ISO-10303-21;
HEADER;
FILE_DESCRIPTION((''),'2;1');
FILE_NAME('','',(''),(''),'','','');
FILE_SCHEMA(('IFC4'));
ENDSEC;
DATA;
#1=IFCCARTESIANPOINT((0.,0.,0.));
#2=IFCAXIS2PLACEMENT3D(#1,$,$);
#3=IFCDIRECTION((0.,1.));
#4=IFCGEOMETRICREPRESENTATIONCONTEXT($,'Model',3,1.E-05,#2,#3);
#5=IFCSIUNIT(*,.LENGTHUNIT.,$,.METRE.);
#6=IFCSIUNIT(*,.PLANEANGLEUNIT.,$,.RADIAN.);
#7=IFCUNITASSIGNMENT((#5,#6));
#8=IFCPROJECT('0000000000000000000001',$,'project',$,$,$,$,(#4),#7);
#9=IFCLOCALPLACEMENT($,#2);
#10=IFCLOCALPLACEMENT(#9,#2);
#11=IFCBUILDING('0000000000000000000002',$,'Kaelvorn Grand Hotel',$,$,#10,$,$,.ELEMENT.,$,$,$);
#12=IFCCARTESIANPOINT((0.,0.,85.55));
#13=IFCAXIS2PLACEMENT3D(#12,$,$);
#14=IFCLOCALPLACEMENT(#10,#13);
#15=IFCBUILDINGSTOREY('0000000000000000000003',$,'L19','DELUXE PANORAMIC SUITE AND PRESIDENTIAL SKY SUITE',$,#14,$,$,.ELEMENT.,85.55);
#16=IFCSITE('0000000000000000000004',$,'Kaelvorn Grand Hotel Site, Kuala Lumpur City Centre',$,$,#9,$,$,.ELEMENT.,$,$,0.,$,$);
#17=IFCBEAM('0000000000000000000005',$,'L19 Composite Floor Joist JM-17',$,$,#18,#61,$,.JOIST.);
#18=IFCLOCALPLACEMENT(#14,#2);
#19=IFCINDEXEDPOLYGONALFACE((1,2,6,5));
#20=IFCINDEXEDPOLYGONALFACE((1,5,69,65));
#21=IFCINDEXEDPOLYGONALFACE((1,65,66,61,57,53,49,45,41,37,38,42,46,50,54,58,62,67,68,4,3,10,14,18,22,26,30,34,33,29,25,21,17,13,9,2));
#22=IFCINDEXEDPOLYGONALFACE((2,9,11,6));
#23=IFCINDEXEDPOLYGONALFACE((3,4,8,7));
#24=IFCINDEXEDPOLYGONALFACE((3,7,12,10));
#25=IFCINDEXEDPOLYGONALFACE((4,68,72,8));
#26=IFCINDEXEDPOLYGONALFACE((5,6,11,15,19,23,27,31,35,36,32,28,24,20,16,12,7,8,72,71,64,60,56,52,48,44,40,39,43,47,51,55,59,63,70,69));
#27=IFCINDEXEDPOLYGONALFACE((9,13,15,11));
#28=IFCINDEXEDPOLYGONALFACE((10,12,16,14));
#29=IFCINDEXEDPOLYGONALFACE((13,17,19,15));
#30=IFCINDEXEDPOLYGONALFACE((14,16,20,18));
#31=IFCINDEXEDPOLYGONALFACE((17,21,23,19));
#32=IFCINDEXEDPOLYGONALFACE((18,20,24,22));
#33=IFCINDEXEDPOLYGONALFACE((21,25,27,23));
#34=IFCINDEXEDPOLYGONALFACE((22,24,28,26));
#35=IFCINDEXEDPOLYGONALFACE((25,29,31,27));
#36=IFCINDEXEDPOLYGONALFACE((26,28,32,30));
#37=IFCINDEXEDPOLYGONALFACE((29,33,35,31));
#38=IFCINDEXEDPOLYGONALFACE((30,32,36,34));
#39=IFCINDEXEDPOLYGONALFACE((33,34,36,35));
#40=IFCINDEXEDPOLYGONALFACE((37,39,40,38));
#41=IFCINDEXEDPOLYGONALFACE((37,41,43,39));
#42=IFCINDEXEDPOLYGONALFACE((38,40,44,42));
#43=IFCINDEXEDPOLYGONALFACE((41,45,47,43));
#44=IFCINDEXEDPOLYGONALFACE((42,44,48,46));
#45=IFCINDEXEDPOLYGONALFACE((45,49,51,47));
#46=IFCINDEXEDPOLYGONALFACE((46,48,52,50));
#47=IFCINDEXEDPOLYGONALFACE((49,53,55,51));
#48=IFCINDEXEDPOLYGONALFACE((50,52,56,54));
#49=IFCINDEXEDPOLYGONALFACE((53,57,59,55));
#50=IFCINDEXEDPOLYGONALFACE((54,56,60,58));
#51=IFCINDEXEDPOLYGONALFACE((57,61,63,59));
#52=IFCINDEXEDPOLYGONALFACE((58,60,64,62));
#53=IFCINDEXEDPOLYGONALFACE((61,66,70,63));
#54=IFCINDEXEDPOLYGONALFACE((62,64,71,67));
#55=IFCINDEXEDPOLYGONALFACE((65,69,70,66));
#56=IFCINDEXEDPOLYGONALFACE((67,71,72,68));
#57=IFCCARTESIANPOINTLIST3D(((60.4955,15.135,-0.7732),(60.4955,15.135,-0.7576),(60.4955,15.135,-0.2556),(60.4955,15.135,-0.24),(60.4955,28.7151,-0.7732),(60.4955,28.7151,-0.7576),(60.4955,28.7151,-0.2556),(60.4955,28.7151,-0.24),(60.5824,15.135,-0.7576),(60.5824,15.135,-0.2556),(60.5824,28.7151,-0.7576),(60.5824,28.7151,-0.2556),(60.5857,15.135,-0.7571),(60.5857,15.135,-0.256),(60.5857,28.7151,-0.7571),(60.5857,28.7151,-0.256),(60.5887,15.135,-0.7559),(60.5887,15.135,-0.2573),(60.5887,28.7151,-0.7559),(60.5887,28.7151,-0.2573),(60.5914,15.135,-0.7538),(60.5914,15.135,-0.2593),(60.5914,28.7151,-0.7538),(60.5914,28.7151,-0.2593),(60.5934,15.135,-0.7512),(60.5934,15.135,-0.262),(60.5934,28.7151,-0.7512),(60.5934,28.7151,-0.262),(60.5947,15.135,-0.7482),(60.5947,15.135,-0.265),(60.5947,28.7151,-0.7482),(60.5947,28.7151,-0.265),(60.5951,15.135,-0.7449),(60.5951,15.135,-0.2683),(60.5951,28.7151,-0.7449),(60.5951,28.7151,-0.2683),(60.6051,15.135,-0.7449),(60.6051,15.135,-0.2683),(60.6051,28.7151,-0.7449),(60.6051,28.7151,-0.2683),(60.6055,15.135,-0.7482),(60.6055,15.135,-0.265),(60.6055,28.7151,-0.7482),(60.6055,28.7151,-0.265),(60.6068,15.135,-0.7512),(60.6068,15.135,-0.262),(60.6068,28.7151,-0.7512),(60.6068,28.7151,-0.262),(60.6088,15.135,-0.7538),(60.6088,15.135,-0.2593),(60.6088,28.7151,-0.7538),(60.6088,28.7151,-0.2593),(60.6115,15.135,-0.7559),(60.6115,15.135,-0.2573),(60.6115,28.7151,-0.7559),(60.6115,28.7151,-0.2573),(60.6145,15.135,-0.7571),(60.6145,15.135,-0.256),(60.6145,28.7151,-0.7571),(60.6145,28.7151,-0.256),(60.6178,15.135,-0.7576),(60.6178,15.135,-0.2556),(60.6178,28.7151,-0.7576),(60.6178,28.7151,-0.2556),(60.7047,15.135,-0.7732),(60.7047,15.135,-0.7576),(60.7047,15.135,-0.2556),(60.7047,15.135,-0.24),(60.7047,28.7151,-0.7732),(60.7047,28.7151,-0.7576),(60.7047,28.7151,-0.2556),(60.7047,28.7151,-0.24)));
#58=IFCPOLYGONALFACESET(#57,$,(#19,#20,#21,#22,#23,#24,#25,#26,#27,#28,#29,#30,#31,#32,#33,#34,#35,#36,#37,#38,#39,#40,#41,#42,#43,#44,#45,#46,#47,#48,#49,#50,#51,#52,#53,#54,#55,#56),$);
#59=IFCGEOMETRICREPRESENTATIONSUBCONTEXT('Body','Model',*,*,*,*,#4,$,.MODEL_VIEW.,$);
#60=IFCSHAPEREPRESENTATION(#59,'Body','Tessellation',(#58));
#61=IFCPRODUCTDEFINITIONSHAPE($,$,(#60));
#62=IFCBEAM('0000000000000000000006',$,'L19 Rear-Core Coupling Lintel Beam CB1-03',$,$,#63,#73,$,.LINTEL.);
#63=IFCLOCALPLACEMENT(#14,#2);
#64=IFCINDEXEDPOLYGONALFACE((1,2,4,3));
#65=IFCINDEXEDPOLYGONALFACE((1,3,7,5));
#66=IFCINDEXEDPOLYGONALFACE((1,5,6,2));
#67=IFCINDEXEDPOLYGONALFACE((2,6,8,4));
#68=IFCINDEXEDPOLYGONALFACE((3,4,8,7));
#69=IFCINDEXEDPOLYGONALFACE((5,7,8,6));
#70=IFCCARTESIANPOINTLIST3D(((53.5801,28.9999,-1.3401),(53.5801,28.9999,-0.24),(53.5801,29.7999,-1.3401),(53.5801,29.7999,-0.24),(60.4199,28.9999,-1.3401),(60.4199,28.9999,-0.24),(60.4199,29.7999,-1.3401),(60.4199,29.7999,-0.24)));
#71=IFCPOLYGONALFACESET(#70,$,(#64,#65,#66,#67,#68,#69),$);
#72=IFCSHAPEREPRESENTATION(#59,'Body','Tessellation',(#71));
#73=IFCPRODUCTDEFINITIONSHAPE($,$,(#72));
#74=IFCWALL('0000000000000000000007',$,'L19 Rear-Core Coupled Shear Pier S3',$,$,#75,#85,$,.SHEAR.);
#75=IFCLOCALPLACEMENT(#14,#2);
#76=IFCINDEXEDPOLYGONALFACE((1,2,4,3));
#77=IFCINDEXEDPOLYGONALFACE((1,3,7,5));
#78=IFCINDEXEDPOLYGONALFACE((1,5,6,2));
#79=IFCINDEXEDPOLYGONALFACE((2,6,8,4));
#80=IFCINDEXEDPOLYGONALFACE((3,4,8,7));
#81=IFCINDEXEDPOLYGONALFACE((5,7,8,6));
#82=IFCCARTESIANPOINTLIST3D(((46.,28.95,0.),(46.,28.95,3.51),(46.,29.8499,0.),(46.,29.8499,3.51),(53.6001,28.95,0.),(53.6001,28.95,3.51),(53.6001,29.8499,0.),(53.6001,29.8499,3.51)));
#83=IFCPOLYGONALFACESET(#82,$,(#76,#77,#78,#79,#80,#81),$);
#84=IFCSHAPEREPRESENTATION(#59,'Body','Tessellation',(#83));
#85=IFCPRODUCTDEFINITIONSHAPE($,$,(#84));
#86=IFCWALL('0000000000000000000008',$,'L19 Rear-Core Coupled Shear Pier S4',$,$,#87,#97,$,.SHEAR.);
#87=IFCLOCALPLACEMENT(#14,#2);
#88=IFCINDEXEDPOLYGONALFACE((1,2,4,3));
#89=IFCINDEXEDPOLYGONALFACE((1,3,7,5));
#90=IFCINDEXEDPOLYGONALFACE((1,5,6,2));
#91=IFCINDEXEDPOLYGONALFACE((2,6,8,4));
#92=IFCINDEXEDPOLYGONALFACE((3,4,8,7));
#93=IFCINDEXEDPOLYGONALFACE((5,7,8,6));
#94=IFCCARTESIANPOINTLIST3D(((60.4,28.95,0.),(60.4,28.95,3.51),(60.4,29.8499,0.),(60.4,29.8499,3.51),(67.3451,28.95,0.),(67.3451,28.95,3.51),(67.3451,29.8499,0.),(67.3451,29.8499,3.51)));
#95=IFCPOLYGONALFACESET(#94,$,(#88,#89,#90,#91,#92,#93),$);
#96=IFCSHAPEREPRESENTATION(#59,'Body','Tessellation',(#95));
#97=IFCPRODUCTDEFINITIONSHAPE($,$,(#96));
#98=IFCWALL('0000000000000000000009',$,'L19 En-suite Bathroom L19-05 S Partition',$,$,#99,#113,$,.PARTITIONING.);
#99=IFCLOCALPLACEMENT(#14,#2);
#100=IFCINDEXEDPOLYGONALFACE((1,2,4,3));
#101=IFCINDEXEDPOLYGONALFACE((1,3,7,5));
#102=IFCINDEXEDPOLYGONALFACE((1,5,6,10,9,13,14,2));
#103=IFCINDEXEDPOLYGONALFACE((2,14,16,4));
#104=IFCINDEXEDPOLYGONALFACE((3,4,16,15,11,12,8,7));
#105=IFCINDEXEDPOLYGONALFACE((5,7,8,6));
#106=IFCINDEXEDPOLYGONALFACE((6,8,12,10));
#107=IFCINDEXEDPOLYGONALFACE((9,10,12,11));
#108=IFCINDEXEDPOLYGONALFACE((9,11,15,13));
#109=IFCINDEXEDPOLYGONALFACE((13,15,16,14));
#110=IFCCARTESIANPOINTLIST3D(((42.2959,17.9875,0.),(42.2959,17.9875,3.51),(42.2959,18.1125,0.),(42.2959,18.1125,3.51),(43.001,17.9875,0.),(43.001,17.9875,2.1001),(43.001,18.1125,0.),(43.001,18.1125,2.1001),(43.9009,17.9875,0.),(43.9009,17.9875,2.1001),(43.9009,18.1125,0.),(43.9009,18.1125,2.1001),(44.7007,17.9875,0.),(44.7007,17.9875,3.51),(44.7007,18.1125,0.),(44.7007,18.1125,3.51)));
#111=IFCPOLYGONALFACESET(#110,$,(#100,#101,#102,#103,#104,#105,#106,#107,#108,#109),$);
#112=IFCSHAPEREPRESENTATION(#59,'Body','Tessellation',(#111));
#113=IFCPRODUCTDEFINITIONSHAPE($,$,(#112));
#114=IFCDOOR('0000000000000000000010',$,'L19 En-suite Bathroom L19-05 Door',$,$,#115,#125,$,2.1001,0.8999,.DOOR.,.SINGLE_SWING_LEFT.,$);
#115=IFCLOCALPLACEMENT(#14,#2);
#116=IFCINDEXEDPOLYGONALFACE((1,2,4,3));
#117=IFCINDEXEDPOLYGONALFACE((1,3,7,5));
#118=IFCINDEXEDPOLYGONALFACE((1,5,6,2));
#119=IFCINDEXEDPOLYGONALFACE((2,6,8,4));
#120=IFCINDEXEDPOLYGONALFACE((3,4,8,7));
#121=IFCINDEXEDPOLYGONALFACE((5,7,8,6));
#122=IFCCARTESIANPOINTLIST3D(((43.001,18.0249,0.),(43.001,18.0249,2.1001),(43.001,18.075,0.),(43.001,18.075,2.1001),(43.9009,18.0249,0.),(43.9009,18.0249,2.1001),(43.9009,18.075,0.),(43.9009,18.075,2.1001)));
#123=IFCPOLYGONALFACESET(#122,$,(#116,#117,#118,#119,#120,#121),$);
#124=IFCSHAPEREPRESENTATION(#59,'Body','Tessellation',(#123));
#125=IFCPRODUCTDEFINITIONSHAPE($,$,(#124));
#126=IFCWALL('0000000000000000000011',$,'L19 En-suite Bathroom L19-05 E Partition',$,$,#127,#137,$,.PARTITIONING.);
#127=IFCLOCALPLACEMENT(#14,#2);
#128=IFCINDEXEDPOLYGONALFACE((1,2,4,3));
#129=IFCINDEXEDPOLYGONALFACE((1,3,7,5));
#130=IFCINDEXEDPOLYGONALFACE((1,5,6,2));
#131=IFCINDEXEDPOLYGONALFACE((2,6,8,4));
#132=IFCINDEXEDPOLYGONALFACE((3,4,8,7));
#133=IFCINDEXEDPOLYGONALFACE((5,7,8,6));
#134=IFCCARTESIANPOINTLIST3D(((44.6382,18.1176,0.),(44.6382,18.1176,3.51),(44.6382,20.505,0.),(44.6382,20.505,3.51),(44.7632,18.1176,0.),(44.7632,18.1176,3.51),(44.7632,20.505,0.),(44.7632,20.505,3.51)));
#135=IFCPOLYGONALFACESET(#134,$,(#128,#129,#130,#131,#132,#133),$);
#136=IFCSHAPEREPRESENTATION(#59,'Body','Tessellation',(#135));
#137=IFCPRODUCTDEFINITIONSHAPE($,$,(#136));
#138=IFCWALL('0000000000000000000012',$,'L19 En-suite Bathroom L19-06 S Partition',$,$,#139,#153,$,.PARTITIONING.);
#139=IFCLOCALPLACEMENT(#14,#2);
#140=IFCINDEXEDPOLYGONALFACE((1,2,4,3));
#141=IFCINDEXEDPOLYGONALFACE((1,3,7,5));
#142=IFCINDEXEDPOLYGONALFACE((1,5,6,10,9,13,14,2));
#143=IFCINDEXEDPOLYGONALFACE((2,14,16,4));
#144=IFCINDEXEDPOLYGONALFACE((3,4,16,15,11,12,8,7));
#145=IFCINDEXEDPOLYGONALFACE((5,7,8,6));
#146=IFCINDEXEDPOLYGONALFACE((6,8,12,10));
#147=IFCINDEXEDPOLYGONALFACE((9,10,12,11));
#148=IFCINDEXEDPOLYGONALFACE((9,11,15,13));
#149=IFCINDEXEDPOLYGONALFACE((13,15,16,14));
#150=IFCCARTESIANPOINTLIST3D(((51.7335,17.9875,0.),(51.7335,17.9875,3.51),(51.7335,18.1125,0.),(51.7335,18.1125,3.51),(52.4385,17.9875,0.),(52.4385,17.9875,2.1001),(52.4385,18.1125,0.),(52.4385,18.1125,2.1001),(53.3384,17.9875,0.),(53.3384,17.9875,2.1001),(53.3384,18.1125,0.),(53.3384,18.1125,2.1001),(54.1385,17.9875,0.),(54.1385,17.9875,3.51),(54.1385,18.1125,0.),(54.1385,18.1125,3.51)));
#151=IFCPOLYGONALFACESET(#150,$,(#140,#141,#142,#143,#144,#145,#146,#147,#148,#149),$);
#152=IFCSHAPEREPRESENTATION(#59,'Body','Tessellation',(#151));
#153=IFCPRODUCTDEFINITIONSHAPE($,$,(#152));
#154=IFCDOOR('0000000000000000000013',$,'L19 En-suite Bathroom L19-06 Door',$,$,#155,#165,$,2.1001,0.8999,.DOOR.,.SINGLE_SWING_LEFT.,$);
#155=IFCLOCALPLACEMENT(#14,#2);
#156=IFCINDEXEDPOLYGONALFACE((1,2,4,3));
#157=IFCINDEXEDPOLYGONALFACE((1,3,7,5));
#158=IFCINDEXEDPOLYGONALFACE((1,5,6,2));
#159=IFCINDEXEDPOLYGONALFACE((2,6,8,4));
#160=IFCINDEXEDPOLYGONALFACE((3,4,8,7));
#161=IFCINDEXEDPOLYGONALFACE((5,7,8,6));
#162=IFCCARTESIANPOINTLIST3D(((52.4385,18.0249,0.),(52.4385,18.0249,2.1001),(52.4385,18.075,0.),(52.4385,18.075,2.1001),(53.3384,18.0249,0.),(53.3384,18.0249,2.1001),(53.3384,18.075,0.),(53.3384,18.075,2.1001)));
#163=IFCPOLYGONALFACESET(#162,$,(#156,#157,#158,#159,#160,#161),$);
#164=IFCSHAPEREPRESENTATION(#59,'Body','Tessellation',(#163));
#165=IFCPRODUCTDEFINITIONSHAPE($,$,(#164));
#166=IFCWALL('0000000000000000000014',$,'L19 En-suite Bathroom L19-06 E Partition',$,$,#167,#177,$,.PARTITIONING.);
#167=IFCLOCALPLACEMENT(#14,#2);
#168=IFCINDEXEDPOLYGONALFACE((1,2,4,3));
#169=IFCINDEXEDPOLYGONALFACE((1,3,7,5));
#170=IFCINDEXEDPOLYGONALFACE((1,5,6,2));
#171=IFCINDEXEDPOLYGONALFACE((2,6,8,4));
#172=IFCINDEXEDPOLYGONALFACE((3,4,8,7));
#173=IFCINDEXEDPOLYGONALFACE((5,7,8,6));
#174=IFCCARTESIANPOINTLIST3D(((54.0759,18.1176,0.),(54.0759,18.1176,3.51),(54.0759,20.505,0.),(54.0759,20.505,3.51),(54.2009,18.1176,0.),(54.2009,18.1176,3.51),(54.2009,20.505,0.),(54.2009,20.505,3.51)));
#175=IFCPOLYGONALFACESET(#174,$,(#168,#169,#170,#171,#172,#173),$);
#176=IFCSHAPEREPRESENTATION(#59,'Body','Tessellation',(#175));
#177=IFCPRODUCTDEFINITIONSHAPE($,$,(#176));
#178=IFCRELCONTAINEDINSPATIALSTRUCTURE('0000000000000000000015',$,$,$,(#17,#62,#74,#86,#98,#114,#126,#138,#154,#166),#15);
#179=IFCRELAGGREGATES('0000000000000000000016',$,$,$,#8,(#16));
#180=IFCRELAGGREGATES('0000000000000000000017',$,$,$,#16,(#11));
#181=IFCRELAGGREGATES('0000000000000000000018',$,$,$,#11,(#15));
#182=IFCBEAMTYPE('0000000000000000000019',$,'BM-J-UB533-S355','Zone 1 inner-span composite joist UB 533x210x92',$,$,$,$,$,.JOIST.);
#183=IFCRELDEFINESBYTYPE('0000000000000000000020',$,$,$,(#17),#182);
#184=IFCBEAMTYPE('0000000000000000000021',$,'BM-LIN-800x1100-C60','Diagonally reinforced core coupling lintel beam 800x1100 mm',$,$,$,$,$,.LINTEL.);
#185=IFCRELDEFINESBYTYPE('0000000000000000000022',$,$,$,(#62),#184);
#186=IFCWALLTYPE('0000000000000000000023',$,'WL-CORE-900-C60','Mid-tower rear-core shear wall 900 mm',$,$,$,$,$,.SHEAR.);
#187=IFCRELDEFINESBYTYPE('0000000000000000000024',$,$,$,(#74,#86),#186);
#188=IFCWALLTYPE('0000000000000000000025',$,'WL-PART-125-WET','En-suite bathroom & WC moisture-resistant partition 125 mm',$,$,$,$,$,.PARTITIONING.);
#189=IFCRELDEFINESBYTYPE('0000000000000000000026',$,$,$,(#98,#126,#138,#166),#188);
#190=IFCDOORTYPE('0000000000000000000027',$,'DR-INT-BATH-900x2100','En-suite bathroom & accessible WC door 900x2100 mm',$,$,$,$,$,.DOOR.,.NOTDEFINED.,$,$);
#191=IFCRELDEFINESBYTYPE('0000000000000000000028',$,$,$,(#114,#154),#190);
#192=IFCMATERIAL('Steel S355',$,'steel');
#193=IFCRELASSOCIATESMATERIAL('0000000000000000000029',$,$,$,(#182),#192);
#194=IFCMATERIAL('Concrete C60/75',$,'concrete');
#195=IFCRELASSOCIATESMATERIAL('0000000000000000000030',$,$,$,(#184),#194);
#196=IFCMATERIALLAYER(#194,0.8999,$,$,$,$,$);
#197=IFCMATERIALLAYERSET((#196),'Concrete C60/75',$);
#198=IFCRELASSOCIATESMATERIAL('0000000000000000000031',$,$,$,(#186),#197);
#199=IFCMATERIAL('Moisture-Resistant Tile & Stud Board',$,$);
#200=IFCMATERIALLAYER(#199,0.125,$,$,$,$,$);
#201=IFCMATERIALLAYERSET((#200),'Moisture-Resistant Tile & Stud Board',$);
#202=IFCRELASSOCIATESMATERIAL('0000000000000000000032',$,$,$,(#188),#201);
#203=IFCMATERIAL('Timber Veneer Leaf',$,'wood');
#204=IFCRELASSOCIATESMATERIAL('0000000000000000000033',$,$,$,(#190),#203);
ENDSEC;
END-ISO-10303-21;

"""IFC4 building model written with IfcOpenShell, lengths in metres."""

from ifc_helpers import new_model, si_unit, direction, frame, frame_2d, origin, origin_2d, place, context, subcontext, project, spatial, rectangle, i_section, extrude, material, layer, layer_set, material_profile, profile_set, type_object, element, fill, save


model = new_model("IFC4")

# Units and contexts
model_context = context("Model", 3, precision=1e-05, world=origin(), true_north=direction((0.0, 1.0)))
body_context = subcontext(model_context, "Body", "Model", "MODEL_VIEW")
ifc_project = project(units=[si_unit("LENGTHUNIT", "METRE"), si_unit("PLANEANGLEUNIT", "RADIAN")], contexts=[model_context])

# Site, building, storey
site_placement = place(None, origin())
site = spatial("IfcSite", under=ifc_project, at=site_placement, Name="Kaelvorn Grand Hotel Site, Kuala Lumpur City Centre", CompositionType="ELEMENT", RefElevation=0.0)
building_placement = place(site_placement, origin())
building = spatial("IfcBuilding", under=site, at=building_placement, Name="Kaelvorn Grand Hotel", CompositionType="ELEMENT")
storey_placement = place(building_placement, frame((0.0, 0.0, 85.55)))
storey = spatial("IfcBuildingStorey", under=building, at=storey_placement, Name="L19", Description="DELUXE PANORAMIC SUITE AND PRESIDENTIAL SKY SUITE", CompositionType="ELEMENT", Elevation=85.55)

# Shared definitions
ifc_material_1 = material(Name="Concrete C60/75", Category="concrete")

# Beams
ifc_material_2 = material(Name="Steel S355", Category="steel")
ifc_material_profile_1 = material_profile(ifc_material_2, i_section(OverallWidth=0.2092, OverallDepth=0.5332, WebThickness=0.01, FlangeThickness=0.0156, FilletRadius=0.0127, at=origin_2d()), Name="UB 533x210x92")
ifc_profile_set_1 = profile_set([ifc_material_profile_1], Name="Steel S355")
beam_type_1 = type_object("IfcBeamType", Name="BM-J-UB533-S355", Description="Zone 1 inner-span composite joist UB 533x210x92", PredefinedType="JOIST", material=ifc_profile_set_1)
beam_1_placement = place(storey_placement, frame((60.6001, 15.135, -0.5066), z_axis=(0.0, 1.0, 0.0), x_axis=(-1.0, 0.0, 0.0)))
element("IfcBeam", 1, at=beam_1_placement, inside=storey, type_object=beam_type_1, Name="L19 Composite Floor Joist JM-17", PredefinedType="JOIST", context=body_context, shape_type="SweptSolid", body=[
    extrude(i_section(OverallWidth=0.2092, OverallDepth=0.5332, WebThickness=0.01, FlangeThickness=0.0156, FilletRadius=0.0127, at=origin_2d()), origin(), (0.0, 0.0, 1.0), 13.5801),
])
ifc_material_profile_2 = material_profile(ifc_material_1, rectangle(XDim=0.8, YDim=1.1001, at=origin_2d()), Name="RC LINTEL 800x1100")
ifc_profile_set_2 = profile_set([ifc_material_profile_2], Name="Concrete C60/75")
beam_type_2 = type_object("IfcBeamType", Name="BM-LIN-800x1100-C60", Description="Diagonally reinforced core coupling lintel beam 800x1100 mm", PredefinedType="LINTEL", material=ifc_profile_set_2)
beam_2_placement = place(storey_placement, frame((53.5801, 29.3999, -0.79), z_axis=(1.0, 0.0, 0.0), x_axis=(0.0, 1.0, 0.0)))
element("IfcBeam", 2, at=beam_2_placement, inside=storey, type_object=beam_type_2, Name="L19 Rear-Core Coupling Lintel Beam CB1-03", PredefinedType="LINTEL", context=body_context, shape_type="SweptSolid", body=[
    extrude(rectangle(XDim=0.8, YDim=1.1001, at=origin_2d()), origin(), (0.0, 0.0, 1.0), 6.8398),
])

# Walls
ifc_layer_1 = layer(ifc_material_1, 0.8999)
ifc_layer_set_1 = layer_set([ifc_layer_1], Name="Concrete C60/75")
wall_type_1 = type_object("IfcWallType", Name="WL-CORE-900-C60", Description="Mid-tower rear-core shear wall 900 mm", PredefinedType="SHEAR", material=ifc_layer_set_1)
wall_1_placement = place(storey_placement, frame((46.0, 29.3999, 0.0), z_axis=(0.0, 0.0, 1.0), x_axis=(1.0, 0.0, 0.0)))
element("IfcWall", 3, at=wall_1_placement, inside=storey, type_object=wall_type_1, Name="L19 Rear-Core Coupled Shear Pier S3", PredefinedType="SHEAR", context=body_context, shape_type="SweptSolid", body=[
    extrude(rectangle(XDim=7.6001, YDim=0.8999, at=frame_2d((3.8, 0.0))), origin(), (0.0, 0.0, 1.0), 3.51),
])
wall_2_placement = place(storey_placement, frame((60.3999, 29.3999, 0.0), z_axis=(0.0, 0.0, 1.0), x_axis=(1.0, 0.0, 0.0)))
element("IfcWall", 4, at=wall_2_placement, inside=storey, type_object=wall_type_1, Name="L19 Rear-Core Coupled Shear Pier S4", PredefinedType="SHEAR", context=body_context, shape_type="SweptSolid", body=[
    extrude(rectangle(XDim=6.9451, YDim=0.8999, at=frame_2d((3.4727, 0.0))), origin(), (0.0, 0.0, 1.0), 3.51),
])

# Wall, opening, door
ifc_material_3 = material(Name="Moisture-Resistant Tile & Stud Board")
ifc_layer_2 = layer(ifc_material_3, 0.125)
ifc_layer_set_2 = layer_set([ifc_layer_2], Name="Moisture-Resistant Tile & Stud Board")
wall_type_2 = type_object("IfcWallType", Name="WL-PART-125-WET", Description="En-suite bathroom & WC moisture-resistant partition 125 mm", PredefinedType="PARTITIONING", material=ifc_layer_set_2)
wall_3_placement = place(storey_placement, frame((42.2959, 18.05, 0.0), z_axis=(0.0, 0.0, 1.0), x_axis=(1.0, 0.0, 0.0)))
wall_3 = element("IfcWall", 5, at=wall_3_placement, inside=storey, type_object=wall_type_2, Name="L19 En-suite Bathroom L19-05 S Partition", PredefinedType="PARTITIONING", context=body_context, shape_type="SweptSolid", body=[
    extrude(rectangle(XDim=2.4048, YDim=0.125, at=frame_2d((1.2024, 0.0))), origin(), (0.0, 0.0, 1.0), 3.51),
])
opening_1_placement = place(wall_3_placement, frame((0.7051, 0.0, 0.0)))
opening_1 = element("IfcOpeningElement", 6, at=opening_1_placement, cuts=wall_3, PredefinedType="OPENING", context=body_context, shape_type="SweptSolid", body=[
    extrude(rectangle(XDim=0.8999, YDim=2.1001, at=frame_2d((0.45, 1.05))), frame((0.0, 0.0725, 0.0), z_axis=(0.0, -1.0, 0.0), x_axis=(1.0, 0.0, 0.0)), (0.0, 0.0, 1.0), 0.145),
])
ifc_material_4 = material(Name="Timber Veneer Leaf", Category="wood")
door_type_1 = type_object("IfcDoorType", Name="DR-INT-BATH-900x2100", Description="En-suite bathroom & accessible WC door 900x2100 mm", OperationType="NOTDEFINED", PredefinedType="DOOR", material=ifc_material_4)
door_1_placement = place(opening_1_placement, origin())
door_1 = element("IfcDoor", 7, at=door_1_placement, inside=storey, type_object=door_type_1, Name="L19 En-suite Bathroom L19-05 Door", OperationType="SINGLE_SWING_LEFT", OverallHeight=2.1001, OverallWidth=0.8999, PredefinedType="DOOR", context=body_context, shape_type="SweptSolid", body=[
    extrude(rectangle(XDim=0.8999, YDim=2.1001, at=frame_2d((0.45, 1.05))), frame((0.0, 0.0249, 0.0), z_axis=(0.0, -1.0, 0.0), x_axis=(1.0, 0.0, 0.0)), (0.0, 0.0, 1.0), 0.05),
])
fill(opening_1, door_1)

# Wall
wall_4_placement = place(storey_placement, frame((44.7007, 18.1174, 0.0), z_axis=(0.0, 0.0, 1.0), x_axis=(0.0, 1.0, 0.0)))
element("IfcWall", 8, at=wall_4_placement, inside=storey, type_object=wall_type_2, Name="L19 En-suite Bathroom L19-05 E Partition", PredefinedType="PARTITIONING", context=body_context, shape_type="SweptSolid", body=[
    extrude(rectangle(XDim=2.3875, YDim=0.125, at=frame_2d((1.1938, 0.0))), origin(), (0.0, 0.0, 1.0), 3.51),
])

# Wall, opening, door
wall_5_placement = place(storey_placement, frame((51.7334, 18.05, 0.0), z_axis=(0.0, 0.0, 1.0), x_axis=(1.0, 0.0, 0.0)))
wall_5 = element("IfcWall", 9, at=wall_5_placement, inside=storey, type_object=wall_type_2, Name="L19 En-suite Bathroom L19-06 S Partition", PredefinedType="PARTITIONING", context=body_context, shape_type="SweptSolid", body=[
    extrude(rectangle(XDim=2.405, YDim=0.125, at=frame_2d((1.2026, 0.0))), origin(), (0.0, 0.0, 1.0), 3.51),
])
opening_2_placement = place(wall_5_placement, frame((0.7051, 0.0, 0.0)))
opening_2 = element("IfcOpeningElement", 10, at=opening_2_placement, cuts=wall_5, PredefinedType="OPENING", context=body_context, shape_type="SweptSolid", body=[
    extrude(rectangle(XDim=0.8999, YDim=2.1001, at=frame_2d((0.45, 1.05))), frame((0.0, 0.0725, 0.0), z_axis=(0.0, -1.0, 0.0), x_axis=(1.0, 0.0, 0.0)), (0.0, 0.0, 1.0), 0.145),
])
door_2_placement = place(opening_2_placement, origin())
door_2 = element("IfcDoor", 11, at=door_2_placement, inside=storey, type_object=door_type_1, Name="L19 En-suite Bathroom L19-06 Door", OperationType="SINGLE_SWING_LEFT", OverallHeight=2.1001, OverallWidth=0.8999, PredefinedType="DOOR", context=body_context, shape_type="SweptSolid", body=[
    extrude(rectangle(XDim=0.8999, YDim=2.1001, at=frame_2d((0.45, 1.05))), frame((0.0, 0.0249, 0.0), z_axis=(0.0, -1.0, 0.0), x_axis=(1.0, 0.0, 0.0)), (0.0, 0.0, 1.0), 0.05),
])
fill(opening_2, door_2)

# Wall
wall_6_placement = place(storey_placement, frame((54.1384, 18.1174, 0.0), z_axis=(0.0, 0.0, 1.0), x_axis=(0.0, 1.0, 0.0)))
element("IfcWall", 12, at=wall_6_placement, inside=storey, type_object=wall_type_2, Name="L19 En-suite Bathroom L19-06 E Partition", PredefinedType="PARTITIONING", context=body_context, shape_type="SweptSolid", body=[
    extrude(rectangle(XDim=2.3875, YDim=0.125, at=frame_2d((1.1938, 0.0))), origin(), (0.0, 0.0, 1.0), 3.51),
])

save(model, "model.ifc")
